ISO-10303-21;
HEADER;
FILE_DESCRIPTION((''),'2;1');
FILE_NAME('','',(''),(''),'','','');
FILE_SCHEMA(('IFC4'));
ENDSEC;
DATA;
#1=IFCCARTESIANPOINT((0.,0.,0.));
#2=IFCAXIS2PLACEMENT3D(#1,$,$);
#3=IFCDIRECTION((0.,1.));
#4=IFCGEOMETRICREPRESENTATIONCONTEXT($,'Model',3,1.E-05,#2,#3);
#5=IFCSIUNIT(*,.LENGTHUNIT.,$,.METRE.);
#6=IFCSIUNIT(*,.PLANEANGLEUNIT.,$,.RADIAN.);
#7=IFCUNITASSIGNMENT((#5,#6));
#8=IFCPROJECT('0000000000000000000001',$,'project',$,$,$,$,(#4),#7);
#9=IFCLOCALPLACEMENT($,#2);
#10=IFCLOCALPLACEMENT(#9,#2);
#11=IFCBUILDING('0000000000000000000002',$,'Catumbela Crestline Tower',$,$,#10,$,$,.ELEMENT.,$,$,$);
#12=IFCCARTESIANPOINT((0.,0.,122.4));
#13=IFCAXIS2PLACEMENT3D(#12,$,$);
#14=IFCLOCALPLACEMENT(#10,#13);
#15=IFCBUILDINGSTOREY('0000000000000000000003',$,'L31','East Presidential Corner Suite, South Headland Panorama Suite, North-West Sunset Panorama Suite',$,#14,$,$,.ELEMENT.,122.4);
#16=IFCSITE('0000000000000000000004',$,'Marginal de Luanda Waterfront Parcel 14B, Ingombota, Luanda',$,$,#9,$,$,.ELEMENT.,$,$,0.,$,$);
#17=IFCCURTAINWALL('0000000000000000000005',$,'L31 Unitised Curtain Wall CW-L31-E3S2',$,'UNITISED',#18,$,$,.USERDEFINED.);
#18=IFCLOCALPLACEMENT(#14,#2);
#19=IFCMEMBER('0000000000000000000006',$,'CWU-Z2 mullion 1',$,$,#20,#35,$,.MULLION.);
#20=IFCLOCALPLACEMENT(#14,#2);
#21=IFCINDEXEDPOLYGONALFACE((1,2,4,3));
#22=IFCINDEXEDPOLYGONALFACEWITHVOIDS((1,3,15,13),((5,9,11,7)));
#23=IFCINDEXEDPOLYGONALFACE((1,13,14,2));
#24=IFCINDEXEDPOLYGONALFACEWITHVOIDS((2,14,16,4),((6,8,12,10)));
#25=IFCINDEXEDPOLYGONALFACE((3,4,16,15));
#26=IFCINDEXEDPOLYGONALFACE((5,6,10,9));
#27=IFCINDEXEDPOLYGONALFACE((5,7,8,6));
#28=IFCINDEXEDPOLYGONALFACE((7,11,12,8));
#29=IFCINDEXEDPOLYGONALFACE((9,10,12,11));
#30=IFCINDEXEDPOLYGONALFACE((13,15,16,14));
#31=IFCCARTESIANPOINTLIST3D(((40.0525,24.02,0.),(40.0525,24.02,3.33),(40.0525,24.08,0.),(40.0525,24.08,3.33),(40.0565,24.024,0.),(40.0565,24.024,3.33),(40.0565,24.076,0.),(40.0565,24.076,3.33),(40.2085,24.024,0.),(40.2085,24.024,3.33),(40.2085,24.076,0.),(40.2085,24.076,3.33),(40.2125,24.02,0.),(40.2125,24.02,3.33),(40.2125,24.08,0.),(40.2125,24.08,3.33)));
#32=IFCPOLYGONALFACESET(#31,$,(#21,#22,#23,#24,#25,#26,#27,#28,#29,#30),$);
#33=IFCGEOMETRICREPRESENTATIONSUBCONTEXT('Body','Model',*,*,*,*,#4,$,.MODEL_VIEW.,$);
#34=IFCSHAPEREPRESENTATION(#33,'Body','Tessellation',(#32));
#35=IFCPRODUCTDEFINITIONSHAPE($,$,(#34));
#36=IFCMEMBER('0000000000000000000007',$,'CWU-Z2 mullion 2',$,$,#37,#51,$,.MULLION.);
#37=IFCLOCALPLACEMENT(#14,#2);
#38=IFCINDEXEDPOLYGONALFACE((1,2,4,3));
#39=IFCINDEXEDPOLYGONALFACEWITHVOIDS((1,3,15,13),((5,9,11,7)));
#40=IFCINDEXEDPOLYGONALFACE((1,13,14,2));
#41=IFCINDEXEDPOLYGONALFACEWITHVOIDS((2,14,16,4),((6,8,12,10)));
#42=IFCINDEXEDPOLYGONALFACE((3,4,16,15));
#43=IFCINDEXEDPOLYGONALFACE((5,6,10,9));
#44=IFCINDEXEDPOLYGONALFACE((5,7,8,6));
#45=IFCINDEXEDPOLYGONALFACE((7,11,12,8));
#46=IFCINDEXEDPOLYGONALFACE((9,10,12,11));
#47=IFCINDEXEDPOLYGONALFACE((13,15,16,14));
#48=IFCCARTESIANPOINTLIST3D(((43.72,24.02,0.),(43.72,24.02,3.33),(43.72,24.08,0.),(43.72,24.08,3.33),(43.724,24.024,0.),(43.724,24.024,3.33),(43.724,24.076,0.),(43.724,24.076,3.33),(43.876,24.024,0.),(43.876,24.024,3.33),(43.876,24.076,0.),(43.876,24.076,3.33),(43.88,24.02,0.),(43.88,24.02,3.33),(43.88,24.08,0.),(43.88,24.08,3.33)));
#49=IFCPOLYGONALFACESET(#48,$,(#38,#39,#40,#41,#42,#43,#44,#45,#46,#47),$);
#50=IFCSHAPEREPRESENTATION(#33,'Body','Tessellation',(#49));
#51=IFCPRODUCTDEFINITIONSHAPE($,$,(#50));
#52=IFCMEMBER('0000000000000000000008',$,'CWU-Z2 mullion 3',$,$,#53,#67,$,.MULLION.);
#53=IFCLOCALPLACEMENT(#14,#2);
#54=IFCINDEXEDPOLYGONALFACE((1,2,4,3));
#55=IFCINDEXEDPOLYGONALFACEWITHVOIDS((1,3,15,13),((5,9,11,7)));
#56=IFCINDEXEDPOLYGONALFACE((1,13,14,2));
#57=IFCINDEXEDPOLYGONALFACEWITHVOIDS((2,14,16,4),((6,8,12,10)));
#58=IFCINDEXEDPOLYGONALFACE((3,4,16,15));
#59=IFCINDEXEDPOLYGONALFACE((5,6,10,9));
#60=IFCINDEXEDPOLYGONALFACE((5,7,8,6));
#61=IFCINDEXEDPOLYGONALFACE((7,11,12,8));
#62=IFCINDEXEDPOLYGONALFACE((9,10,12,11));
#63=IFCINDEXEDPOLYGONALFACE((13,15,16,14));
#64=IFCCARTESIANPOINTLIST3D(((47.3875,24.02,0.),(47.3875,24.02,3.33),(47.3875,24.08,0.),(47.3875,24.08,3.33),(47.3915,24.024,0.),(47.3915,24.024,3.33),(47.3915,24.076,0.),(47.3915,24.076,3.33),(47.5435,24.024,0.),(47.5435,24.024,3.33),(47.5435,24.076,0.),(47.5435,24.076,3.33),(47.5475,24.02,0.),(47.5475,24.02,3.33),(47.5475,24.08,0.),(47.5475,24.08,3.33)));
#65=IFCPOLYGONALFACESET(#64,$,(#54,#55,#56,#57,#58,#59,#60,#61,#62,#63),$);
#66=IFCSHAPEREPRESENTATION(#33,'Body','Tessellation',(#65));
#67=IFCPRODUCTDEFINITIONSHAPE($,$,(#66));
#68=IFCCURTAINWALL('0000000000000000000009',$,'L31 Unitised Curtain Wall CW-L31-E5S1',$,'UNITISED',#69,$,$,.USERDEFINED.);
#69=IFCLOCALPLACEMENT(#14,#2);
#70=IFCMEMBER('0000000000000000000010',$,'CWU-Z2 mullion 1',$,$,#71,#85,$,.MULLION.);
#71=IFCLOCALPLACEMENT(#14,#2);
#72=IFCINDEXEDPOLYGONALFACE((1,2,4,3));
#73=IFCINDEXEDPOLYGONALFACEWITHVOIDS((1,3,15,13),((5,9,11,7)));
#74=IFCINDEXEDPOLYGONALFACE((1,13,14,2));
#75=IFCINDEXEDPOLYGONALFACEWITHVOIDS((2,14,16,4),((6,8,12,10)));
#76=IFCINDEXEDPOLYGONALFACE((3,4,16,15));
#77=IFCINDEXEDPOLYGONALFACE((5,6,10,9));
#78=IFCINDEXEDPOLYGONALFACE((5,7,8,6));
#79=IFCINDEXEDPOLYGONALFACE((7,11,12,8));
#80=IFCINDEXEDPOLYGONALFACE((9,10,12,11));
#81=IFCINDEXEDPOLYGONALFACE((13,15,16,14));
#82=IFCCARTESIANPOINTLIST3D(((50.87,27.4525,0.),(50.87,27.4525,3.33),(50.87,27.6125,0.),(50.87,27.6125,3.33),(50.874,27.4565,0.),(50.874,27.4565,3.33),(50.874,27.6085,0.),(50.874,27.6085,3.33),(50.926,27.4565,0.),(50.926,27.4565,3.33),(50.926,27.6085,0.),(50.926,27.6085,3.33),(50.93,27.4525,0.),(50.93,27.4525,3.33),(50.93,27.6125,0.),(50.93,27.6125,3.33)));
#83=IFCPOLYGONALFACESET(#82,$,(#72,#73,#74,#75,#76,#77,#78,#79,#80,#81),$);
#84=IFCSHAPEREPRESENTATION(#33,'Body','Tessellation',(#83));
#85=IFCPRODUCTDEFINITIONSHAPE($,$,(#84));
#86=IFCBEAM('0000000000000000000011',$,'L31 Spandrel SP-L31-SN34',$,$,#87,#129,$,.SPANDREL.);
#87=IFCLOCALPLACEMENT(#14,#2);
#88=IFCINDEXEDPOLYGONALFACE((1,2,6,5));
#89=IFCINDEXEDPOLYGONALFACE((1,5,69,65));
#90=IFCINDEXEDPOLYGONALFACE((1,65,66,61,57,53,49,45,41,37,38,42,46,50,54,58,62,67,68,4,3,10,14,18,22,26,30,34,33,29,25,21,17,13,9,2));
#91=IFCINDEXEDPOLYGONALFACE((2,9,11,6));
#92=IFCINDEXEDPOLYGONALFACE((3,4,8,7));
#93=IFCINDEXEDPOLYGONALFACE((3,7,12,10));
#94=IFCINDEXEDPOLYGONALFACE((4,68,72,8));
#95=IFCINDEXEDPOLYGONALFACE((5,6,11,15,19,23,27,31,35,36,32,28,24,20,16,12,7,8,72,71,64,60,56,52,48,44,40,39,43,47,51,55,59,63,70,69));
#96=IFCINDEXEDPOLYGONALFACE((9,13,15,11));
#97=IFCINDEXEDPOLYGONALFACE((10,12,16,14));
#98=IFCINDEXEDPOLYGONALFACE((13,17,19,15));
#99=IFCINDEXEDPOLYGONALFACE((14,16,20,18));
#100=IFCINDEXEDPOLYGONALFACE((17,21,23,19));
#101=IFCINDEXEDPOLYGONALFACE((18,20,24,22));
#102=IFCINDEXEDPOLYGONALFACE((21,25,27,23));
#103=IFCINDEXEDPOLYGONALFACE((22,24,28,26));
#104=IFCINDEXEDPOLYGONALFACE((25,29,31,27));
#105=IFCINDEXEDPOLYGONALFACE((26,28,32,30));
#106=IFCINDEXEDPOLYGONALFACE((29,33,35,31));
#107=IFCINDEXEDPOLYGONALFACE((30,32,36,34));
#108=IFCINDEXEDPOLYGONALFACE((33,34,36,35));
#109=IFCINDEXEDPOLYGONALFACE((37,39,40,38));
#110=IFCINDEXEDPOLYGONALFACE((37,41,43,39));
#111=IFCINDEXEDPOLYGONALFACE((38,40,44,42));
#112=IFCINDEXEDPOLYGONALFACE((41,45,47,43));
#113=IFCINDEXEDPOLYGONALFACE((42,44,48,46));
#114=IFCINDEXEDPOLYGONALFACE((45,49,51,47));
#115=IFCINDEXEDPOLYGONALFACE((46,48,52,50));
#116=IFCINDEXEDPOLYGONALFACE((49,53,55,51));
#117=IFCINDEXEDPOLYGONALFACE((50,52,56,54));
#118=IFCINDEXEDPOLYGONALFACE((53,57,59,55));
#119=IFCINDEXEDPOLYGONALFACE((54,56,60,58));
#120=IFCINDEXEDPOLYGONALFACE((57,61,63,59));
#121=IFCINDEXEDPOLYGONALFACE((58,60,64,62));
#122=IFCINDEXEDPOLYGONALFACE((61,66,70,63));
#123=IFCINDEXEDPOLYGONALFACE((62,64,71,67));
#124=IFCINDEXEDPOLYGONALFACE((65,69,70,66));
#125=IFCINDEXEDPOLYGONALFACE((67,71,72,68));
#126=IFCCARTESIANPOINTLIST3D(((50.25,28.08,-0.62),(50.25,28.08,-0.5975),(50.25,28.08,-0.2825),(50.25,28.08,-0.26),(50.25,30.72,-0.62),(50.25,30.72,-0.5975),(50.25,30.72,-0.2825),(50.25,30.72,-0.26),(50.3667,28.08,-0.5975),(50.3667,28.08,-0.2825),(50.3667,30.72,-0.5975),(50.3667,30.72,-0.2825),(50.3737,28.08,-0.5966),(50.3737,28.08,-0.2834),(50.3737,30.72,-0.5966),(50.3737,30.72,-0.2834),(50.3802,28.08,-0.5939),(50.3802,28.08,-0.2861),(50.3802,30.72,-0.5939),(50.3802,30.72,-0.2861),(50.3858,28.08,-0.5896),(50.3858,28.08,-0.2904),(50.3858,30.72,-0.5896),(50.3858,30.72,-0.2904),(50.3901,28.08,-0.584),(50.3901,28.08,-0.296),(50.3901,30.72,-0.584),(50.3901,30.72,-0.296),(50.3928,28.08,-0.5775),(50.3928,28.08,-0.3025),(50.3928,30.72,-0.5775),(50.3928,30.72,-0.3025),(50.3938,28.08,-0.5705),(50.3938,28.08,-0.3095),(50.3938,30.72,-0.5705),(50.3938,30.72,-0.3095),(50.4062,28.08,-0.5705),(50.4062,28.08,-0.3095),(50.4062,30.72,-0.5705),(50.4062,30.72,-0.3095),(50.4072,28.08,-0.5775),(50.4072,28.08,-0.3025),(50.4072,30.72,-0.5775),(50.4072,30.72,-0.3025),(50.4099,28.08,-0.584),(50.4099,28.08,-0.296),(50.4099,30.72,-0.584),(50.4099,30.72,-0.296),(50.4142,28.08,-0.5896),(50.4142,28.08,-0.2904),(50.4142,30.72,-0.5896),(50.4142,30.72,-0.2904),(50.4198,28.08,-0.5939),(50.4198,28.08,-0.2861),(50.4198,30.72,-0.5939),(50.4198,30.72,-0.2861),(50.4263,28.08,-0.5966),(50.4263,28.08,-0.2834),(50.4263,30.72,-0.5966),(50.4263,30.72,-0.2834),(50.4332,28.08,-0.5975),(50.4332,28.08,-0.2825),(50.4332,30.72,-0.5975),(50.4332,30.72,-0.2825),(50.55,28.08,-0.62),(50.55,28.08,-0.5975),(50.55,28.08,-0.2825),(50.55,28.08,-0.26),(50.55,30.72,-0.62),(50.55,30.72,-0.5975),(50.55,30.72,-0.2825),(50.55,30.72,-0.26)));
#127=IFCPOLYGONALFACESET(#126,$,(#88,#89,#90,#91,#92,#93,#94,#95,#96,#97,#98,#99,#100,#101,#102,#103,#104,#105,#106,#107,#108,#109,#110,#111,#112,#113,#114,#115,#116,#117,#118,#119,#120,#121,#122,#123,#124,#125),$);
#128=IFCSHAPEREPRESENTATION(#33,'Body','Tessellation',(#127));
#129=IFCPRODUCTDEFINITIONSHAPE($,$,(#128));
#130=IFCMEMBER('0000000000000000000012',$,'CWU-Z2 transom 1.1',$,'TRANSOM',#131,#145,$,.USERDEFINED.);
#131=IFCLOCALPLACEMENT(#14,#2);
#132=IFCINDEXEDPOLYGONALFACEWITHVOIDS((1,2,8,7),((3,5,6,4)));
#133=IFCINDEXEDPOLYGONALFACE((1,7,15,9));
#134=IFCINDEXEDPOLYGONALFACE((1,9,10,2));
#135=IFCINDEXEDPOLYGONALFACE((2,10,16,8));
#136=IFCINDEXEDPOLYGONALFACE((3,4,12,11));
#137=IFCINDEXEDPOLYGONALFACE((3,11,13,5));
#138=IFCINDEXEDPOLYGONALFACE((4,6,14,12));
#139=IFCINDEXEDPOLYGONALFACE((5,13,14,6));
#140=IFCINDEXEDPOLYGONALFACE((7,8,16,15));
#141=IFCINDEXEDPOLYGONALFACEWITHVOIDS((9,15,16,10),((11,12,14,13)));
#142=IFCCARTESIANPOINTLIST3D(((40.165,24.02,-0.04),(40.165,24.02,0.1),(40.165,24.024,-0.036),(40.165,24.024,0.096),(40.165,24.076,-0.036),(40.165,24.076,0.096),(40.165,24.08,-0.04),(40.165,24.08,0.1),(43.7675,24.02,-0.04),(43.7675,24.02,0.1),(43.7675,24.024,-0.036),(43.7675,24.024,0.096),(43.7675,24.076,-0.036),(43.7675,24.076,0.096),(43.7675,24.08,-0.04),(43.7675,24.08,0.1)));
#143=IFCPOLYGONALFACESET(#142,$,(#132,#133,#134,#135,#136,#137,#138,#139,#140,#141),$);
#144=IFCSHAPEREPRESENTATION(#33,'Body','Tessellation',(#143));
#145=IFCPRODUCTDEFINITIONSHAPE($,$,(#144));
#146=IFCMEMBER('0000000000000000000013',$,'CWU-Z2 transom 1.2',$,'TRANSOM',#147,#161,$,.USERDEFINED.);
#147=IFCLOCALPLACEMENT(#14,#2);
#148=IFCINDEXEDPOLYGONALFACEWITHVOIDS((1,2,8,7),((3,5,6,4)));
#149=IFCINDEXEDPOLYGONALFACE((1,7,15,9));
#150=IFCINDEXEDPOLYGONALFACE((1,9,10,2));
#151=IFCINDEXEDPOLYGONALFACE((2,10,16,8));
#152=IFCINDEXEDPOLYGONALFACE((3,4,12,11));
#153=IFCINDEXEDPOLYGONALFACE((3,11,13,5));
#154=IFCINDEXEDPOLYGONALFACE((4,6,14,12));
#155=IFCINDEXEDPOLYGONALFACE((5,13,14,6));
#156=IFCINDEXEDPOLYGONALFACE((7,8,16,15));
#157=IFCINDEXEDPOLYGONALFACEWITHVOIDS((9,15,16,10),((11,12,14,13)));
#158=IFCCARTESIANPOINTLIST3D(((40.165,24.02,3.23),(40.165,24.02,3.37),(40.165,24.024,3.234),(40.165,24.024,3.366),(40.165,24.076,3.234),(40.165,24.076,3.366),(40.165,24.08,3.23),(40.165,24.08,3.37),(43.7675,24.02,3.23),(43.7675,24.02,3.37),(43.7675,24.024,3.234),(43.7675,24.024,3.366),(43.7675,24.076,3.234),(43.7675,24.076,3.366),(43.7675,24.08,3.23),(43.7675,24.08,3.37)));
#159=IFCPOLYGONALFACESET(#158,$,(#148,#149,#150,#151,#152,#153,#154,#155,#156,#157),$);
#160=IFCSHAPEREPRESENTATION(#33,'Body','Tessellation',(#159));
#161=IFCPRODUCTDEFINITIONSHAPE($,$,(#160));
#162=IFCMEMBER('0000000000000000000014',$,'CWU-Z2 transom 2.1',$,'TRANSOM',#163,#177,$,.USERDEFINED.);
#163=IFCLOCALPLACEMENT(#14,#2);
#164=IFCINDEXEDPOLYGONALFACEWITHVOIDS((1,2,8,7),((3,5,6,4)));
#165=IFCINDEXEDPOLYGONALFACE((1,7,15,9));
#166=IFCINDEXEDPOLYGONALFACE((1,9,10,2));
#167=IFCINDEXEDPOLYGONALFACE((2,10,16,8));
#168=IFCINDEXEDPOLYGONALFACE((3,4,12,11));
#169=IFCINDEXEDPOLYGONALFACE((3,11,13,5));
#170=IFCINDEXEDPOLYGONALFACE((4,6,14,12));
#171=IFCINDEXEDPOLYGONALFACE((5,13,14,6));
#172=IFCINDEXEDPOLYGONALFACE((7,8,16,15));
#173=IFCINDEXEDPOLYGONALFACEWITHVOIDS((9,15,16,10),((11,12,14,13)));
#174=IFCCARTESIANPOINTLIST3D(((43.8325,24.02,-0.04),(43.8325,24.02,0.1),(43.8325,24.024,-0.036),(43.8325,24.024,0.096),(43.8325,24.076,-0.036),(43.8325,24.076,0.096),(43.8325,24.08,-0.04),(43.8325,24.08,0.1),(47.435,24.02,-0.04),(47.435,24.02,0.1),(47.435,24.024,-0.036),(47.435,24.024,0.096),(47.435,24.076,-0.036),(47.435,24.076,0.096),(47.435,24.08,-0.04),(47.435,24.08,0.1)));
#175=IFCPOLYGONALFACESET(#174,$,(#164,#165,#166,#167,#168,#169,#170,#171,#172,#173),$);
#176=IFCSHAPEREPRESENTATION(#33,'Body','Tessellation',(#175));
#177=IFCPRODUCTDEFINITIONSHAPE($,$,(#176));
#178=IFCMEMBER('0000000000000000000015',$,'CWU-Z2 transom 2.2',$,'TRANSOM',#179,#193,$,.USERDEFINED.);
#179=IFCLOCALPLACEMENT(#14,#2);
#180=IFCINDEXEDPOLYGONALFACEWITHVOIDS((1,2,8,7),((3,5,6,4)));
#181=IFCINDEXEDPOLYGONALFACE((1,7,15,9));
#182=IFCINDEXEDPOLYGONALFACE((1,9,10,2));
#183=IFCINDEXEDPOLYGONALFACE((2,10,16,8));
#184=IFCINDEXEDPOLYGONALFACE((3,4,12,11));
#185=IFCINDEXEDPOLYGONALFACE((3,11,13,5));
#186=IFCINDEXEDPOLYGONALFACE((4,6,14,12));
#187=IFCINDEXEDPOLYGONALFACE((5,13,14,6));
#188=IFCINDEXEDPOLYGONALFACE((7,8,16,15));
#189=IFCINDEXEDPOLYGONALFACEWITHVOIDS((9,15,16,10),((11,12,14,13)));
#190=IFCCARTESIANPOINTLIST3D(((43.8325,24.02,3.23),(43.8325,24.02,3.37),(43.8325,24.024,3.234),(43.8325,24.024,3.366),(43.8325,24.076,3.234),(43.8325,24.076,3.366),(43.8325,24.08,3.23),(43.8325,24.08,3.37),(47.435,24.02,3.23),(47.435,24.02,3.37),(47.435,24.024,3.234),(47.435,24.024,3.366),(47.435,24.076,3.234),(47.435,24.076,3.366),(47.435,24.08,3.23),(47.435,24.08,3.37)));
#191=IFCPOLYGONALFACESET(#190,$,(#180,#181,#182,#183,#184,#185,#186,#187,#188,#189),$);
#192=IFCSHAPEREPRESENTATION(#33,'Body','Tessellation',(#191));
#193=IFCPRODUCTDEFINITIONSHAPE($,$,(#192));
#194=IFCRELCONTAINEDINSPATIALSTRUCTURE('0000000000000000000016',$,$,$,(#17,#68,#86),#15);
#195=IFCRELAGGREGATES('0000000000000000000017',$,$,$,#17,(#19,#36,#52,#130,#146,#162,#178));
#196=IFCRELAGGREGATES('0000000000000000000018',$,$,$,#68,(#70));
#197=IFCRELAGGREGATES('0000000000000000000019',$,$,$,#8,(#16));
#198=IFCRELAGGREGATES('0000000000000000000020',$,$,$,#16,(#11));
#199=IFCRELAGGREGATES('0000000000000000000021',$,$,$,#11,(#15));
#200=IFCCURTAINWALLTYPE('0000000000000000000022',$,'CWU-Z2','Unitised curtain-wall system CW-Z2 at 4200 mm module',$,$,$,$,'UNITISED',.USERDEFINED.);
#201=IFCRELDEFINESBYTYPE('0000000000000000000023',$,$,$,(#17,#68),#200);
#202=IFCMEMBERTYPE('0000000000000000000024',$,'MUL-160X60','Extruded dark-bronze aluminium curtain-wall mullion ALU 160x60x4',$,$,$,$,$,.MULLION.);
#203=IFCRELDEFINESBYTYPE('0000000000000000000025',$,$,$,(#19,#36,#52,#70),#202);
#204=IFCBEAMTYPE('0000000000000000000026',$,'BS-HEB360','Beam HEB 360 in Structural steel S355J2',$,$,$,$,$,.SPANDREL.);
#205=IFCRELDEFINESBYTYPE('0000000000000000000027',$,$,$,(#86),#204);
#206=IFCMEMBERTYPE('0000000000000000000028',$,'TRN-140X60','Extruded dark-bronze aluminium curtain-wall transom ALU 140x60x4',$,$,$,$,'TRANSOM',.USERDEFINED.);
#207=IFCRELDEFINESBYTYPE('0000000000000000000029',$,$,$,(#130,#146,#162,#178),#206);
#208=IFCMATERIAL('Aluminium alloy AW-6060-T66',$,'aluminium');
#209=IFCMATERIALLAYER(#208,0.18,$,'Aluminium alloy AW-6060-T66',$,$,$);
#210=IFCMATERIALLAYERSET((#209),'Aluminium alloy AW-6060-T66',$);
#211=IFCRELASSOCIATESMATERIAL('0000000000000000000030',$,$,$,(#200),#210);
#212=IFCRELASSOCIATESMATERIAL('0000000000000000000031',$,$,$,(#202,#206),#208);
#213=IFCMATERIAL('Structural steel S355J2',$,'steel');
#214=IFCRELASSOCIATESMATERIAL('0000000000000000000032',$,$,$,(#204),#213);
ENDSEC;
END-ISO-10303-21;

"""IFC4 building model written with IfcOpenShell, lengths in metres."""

from ifc_helpers import new_model, si_unit, direction, frame, origin, origin_2d, place, context, subcontext, project, spatial, hollow_rectangle, i_section, extrude, material, layer, layer_set, material_profile, profile_set, type_object, element, aggregate, save


model = new_model("IFC4")

# Units and contexts
model_context = context("Model", 3, precision=1e-05, world=origin(), true_north=direction((0.0, 1.0)))
body_context = subcontext(model_context, "Body", "Model", "MODEL_VIEW")
ifc_project = project(units=[si_unit("LENGTHUNIT", "METRE"), si_unit("PLANEANGLEUNIT", "RADIAN")], contexts=[model_context])

# Site, building, storey
site_placement = place(None, origin())
site = spatial("IfcSite", under=ifc_project, at=site_placement, Name="Marginal de Luanda Waterfront Parcel 14B, Ingombota, Luanda", CompositionType="ELEMENT", RefElevation=0.0)
building_placement = place(site_placement, origin())
building = spatial("IfcBuilding", under=site, at=building_placement, Name="Catumbela Crestline Tower", CompositionType="ELEMENT")
storey_placement = place(building_placement, frame((0.0, 0.0, 122.4)))
storey = spatial("IfcBuildingStorey", under=building, at=storey_placement, Name="L31", Description="East Presidential Corner Suite, South Headland Panorama Suite, North-West Sunset Panorama Suite", CompositionType="ELEMENT", Elevation=122.4)

# Shared definitions
ifc_material_1 = material(Name="Structural steel S355J2", Category="steel")

# Curtain wall, members
ifc_material_2 = material(Name="Aluminium alloy AW-6060-T66", Category="aluminium")
ifc_layer_1 = layer(ifc_material_2, 0.18, Name="Aluminium alloy AW-6060-T66")
ifc_layer_set_1 = layer_set([ifc_layer_1], Name="Aluminium alloy AW-6060-T66")
curtain_wall_type = type_object("IfcCurtainWallType", Name="CWU-Z2", Description="Unitised curtain-wall system CW-Z2 at 4200 mm module", ElementType="UNITISED", PredefinedType="USERDEFINED", material=ifc_layer_set_1)
curtain_wall_1_placement = place(storey_placement, origin())
curtain_wall_1 = element("IfcCurtainWall", 1, at=curtain_wall_1_placement, inside=storey, type_object=curtain_wall_type, Name="L31 Unitised Curtain Wall CW-L31-E3S2", ObjectType="UNITISED", PredefinedType="USERDEFINED")
ifc_material_profile_1 = material_profile(ifc_material_2, hollow_rectangle(XDim=0.06, YDim=0.16, WallThickness=0.004, at=origin_2d()), Name="ALU 160x60x4")
ifc_profile_set_1 = profile_set([ifc_material_profile_1], Name="Aluminium alloy AW-6060-T66")
member_type_1 = type_object("IfcMemberType", Name="MUL-160X60", Description="Extruded dark-bronze aluminium curtain-wall mullion ALU 160x60x4", PredefinedType="MULLION", material=ifc_profile_set_1)
member_1_placement = place(storey_placement, frame((40.1325, 24.05, 0.0), z_axis=(0.0, 0.0, 1.0), x_axis=(0.0, 1.0, 0.0)))
member_1 = element("IfcMember", 2, at=member_1_placement, type_object=member_type_1, Name="CWU-Z2 mullion 1", PredefinedType="MULLION", context=body_context, shape_type="SweptSolid", body=[
    extrude(hollow_rectangle(XDim=0.06, YDim=0.16, WallThickness=0.004, at=origin_2d()), origin(), (0.0, 0.0, 1.0), 3.33),
])
member_2_placement = place(storey_placement, frame((43.8, 24.05, 0.0), z_axis=(0.0, 0.0, 1.0), x_axis=(0.0, 1.0, 0.0)))
member_2 = element("IfcMember", 3, at=member_2_placement, type_object=member_type_1, Name="CWU-Z2 mullion 2", PredefinedType="MULLION", context=body_context, shape_type="SweptSolid", body=[
    extrude(hollow_rectangle(XDim=0.06, YDim=0.16, WallThickness=0.004, at=origin_2d()), origin(), (0.0, 0.0, 1.0), 3.33),
])
member_3_placement = place(storey_placement, frame((47.4675, 24.05, 0.0), z_axis=(0.0, 0.0, 1.0), x_axis=(0.0, 1.0, 0.0)))
member_3 = element("IfcMember", 4, at=member_3_placement, type_object=member_type_1, Name="CWU-Z2 mullion 3", PredefinedType="MULLION", context=body_context, shape_type="SweptSolid", body=[
    extrude(hollow_rectangle(XDim=0.06, YDim=0.16, WallThickness=0.004, at=origin_2d()), origin(), (0.0, 0.0, 1.0), 3.33),
])

# Curtain wall, member
curtain_wall_2_placement = place(storey_placement, origin())
curtain_wall_2 = element("IfcCurtainWall", 5, at=curtain_wall_2_placement, inside=storey, type_object=curtain_wall_type, Name="L31 Unitised Curtain Wall CW-L31-E5S1", ObjectType="UNITISED", PredefinedType="USERDEFINED")
member_4_placement = place(storey_placement, frame((50.9, 27.5325, 0.0), z_axis=(0.0, 0.0, 1.0), x_axis=(-1.0, 0.0, 0.0)))
member_4 = element("IfcMember", 6, at=member_4_placement, type_object=member_type_1, Name="CWU-Z2 mullion 1", PredefinedType="MULLION", context=body_context, shape_type="SweptSolid", body=[
    extrude(hollow_rectangle(XDim=0.06, YDim=0.16, WallThickness=0.004, at=origin_2d()), origin(), (0.0, 0.0, 1.0), 3.33),
])

# Beam
ifc_material_profile_2 = material_profile(ifc_material_1, i_section(OverallWidth=0.3, OverallDepth=0.36, WebThickness=0.0125, FlangeThickness=0.0225, FilletRadius=0.027, at=origin_2d()), Name="HEB 360")
ifc_profile_set_2 = profile_set([ifc_material_profile_2], Name="Structural steel S355J2")
beam_type_1 = type_object("IfcBeamType", Name="BS-HEB360", Description="Beam HEB 360 in Structural steel S355J2", PredefinedType="SPANDREL", material=ifc_profile_set_2)
beam_1_placement = place(storey_placement, frame((50.4, 28.08, -0.44), z_axis=(0.0, 1.0, 0.0), x_axis=(-1.0, 0.0, 0.0)))
element("IfcBeam", 7, at=beam_1_placement, inside=storey, type_object=beam_type_1, Name="L31 Spandrel SP-L31-SN34", PredefinedType="SPANDREL", context=body_context, shape_type="SweptSolid", body=[
    extrude(i_section(OverallWidth=0.3, OverallDepth=0.36, WebThickness=0.0125, FlangeThickness=0.0225, FilletRadius=0.027, at=origin_2d()), origin(), (0.0, 0.0, 1.0), 2.64),
])

# Members
ifc_material_profile_3 = material_profile(ifc_material_2, hollow_rectangle(XDim=0.06, YDim=0.14, WallThickness=0.004, at=origin_2d()), Name="ALU 140x60x4")
ifc_profile_set_3 = profile_set([ifc_material_profile_3], Name="Aluminium alloy AW-6060-T66")
member_type_2 = type_object("IfcMemberType", Name="TRN-140X60", Description="Extruded dark-bronze aluminium curtain-wall transom ALU 140x60x4", ElementType="TRANSOM", PredefinedType="USERDEFINED", material=ifc_profile_set_3)
member_5_placement = place(storey_placement, frame((40.165, 24.05, 0.03), z_axis=(1.0, 0.0, 0.0), x_axis=(0.0, 1.0, 0.0)))
member_5 = element("IfcMember", 8, at=member_5_placement, type_object=member_type_2, Name="CWU-Z2 transom 1.1", ObjectType="TRANSOM", PredefinedType="USERDEFINED", context=body_context, shape_type="SweptSolid", body=[
    extrude(hollow_rectangle(XDim=0.06, YDim=0.14, WallThickness=0.004, at=origin_2d()), origin(), (0.0, 0.0, 1.0), 3.6025),
])
member_6_placement = place(storey_placement, frame((40.165, 24.05, 3.3), z_axis=(1.0, 0.0, 0.0), x_axis=(0.0, 1.0, 0.0)))
member_6 = element("IfcMember", 9, at=member_6_placement, type_object=member_type_2, Name="CWU-Z2 transom 1.2", ObjectType="TRANSOM", PredefinedType="USERDEFINED", context=body_context, shape_type="SweptSolid", body=[
    extrude(hollow_rectangle(XDim=0.06, YDim=0.14, WallThickness=0.004, at=origin_2d()), origin(), (0.0, 0.0, 1.0), 3.6025),
])
member_7_placement = place(storey_placement, frame((43.8325, 24.05, 0.03), z_axis=(1.0, 0.0, 0.0), x_axis=(0.0, 1.0, 0.0)))
member_7 = element("IfcMember", 10, at=member_7_placement, type_object=member_type_2, Name="CWU-Z2 transom 2.1", ObjectType="TRANSOM", PredefinedType="USERDEFINED", context=body_context, shape_type="SweptSolid", body=[
    extrude(hollow_rectangle(XDim=0.06, YDim=0.14, WallThickness=0.004, at=origin_2d()), origin(), (0.0, 0.0, 1.0), 3.6025),
])
member_8_placement = place(storey_placement, frame((43.8325, 24.05, 3.3), z_axis=(1.0, 0.0, 0.0), x_axis=(0.0, 1.0, 0.0)))
member_8 = element("IfcMember", 11, at=member_8_placement, type_object=member_type_2, Name="CWU-Z2 transom 2.2", ObjectType="TRANSOM", PredefinedType="USERDEFINED", context=body_context, shape_type="SweptSolid", body=[
    extrude(hollow_rectangle(XDim=0.06, YDim=0.14, WallThickness=0.004, at=origin_2d()), origin(), (0.0, 0.0, 1.0), 3.6025),
])

aggregate(curtain_wall_1, [member_1, member_2, member_3, member_5, member_6, member_7, member_8])
aggregate(curtain_wall_2, [member_4])

save(model, "model.ifc")
